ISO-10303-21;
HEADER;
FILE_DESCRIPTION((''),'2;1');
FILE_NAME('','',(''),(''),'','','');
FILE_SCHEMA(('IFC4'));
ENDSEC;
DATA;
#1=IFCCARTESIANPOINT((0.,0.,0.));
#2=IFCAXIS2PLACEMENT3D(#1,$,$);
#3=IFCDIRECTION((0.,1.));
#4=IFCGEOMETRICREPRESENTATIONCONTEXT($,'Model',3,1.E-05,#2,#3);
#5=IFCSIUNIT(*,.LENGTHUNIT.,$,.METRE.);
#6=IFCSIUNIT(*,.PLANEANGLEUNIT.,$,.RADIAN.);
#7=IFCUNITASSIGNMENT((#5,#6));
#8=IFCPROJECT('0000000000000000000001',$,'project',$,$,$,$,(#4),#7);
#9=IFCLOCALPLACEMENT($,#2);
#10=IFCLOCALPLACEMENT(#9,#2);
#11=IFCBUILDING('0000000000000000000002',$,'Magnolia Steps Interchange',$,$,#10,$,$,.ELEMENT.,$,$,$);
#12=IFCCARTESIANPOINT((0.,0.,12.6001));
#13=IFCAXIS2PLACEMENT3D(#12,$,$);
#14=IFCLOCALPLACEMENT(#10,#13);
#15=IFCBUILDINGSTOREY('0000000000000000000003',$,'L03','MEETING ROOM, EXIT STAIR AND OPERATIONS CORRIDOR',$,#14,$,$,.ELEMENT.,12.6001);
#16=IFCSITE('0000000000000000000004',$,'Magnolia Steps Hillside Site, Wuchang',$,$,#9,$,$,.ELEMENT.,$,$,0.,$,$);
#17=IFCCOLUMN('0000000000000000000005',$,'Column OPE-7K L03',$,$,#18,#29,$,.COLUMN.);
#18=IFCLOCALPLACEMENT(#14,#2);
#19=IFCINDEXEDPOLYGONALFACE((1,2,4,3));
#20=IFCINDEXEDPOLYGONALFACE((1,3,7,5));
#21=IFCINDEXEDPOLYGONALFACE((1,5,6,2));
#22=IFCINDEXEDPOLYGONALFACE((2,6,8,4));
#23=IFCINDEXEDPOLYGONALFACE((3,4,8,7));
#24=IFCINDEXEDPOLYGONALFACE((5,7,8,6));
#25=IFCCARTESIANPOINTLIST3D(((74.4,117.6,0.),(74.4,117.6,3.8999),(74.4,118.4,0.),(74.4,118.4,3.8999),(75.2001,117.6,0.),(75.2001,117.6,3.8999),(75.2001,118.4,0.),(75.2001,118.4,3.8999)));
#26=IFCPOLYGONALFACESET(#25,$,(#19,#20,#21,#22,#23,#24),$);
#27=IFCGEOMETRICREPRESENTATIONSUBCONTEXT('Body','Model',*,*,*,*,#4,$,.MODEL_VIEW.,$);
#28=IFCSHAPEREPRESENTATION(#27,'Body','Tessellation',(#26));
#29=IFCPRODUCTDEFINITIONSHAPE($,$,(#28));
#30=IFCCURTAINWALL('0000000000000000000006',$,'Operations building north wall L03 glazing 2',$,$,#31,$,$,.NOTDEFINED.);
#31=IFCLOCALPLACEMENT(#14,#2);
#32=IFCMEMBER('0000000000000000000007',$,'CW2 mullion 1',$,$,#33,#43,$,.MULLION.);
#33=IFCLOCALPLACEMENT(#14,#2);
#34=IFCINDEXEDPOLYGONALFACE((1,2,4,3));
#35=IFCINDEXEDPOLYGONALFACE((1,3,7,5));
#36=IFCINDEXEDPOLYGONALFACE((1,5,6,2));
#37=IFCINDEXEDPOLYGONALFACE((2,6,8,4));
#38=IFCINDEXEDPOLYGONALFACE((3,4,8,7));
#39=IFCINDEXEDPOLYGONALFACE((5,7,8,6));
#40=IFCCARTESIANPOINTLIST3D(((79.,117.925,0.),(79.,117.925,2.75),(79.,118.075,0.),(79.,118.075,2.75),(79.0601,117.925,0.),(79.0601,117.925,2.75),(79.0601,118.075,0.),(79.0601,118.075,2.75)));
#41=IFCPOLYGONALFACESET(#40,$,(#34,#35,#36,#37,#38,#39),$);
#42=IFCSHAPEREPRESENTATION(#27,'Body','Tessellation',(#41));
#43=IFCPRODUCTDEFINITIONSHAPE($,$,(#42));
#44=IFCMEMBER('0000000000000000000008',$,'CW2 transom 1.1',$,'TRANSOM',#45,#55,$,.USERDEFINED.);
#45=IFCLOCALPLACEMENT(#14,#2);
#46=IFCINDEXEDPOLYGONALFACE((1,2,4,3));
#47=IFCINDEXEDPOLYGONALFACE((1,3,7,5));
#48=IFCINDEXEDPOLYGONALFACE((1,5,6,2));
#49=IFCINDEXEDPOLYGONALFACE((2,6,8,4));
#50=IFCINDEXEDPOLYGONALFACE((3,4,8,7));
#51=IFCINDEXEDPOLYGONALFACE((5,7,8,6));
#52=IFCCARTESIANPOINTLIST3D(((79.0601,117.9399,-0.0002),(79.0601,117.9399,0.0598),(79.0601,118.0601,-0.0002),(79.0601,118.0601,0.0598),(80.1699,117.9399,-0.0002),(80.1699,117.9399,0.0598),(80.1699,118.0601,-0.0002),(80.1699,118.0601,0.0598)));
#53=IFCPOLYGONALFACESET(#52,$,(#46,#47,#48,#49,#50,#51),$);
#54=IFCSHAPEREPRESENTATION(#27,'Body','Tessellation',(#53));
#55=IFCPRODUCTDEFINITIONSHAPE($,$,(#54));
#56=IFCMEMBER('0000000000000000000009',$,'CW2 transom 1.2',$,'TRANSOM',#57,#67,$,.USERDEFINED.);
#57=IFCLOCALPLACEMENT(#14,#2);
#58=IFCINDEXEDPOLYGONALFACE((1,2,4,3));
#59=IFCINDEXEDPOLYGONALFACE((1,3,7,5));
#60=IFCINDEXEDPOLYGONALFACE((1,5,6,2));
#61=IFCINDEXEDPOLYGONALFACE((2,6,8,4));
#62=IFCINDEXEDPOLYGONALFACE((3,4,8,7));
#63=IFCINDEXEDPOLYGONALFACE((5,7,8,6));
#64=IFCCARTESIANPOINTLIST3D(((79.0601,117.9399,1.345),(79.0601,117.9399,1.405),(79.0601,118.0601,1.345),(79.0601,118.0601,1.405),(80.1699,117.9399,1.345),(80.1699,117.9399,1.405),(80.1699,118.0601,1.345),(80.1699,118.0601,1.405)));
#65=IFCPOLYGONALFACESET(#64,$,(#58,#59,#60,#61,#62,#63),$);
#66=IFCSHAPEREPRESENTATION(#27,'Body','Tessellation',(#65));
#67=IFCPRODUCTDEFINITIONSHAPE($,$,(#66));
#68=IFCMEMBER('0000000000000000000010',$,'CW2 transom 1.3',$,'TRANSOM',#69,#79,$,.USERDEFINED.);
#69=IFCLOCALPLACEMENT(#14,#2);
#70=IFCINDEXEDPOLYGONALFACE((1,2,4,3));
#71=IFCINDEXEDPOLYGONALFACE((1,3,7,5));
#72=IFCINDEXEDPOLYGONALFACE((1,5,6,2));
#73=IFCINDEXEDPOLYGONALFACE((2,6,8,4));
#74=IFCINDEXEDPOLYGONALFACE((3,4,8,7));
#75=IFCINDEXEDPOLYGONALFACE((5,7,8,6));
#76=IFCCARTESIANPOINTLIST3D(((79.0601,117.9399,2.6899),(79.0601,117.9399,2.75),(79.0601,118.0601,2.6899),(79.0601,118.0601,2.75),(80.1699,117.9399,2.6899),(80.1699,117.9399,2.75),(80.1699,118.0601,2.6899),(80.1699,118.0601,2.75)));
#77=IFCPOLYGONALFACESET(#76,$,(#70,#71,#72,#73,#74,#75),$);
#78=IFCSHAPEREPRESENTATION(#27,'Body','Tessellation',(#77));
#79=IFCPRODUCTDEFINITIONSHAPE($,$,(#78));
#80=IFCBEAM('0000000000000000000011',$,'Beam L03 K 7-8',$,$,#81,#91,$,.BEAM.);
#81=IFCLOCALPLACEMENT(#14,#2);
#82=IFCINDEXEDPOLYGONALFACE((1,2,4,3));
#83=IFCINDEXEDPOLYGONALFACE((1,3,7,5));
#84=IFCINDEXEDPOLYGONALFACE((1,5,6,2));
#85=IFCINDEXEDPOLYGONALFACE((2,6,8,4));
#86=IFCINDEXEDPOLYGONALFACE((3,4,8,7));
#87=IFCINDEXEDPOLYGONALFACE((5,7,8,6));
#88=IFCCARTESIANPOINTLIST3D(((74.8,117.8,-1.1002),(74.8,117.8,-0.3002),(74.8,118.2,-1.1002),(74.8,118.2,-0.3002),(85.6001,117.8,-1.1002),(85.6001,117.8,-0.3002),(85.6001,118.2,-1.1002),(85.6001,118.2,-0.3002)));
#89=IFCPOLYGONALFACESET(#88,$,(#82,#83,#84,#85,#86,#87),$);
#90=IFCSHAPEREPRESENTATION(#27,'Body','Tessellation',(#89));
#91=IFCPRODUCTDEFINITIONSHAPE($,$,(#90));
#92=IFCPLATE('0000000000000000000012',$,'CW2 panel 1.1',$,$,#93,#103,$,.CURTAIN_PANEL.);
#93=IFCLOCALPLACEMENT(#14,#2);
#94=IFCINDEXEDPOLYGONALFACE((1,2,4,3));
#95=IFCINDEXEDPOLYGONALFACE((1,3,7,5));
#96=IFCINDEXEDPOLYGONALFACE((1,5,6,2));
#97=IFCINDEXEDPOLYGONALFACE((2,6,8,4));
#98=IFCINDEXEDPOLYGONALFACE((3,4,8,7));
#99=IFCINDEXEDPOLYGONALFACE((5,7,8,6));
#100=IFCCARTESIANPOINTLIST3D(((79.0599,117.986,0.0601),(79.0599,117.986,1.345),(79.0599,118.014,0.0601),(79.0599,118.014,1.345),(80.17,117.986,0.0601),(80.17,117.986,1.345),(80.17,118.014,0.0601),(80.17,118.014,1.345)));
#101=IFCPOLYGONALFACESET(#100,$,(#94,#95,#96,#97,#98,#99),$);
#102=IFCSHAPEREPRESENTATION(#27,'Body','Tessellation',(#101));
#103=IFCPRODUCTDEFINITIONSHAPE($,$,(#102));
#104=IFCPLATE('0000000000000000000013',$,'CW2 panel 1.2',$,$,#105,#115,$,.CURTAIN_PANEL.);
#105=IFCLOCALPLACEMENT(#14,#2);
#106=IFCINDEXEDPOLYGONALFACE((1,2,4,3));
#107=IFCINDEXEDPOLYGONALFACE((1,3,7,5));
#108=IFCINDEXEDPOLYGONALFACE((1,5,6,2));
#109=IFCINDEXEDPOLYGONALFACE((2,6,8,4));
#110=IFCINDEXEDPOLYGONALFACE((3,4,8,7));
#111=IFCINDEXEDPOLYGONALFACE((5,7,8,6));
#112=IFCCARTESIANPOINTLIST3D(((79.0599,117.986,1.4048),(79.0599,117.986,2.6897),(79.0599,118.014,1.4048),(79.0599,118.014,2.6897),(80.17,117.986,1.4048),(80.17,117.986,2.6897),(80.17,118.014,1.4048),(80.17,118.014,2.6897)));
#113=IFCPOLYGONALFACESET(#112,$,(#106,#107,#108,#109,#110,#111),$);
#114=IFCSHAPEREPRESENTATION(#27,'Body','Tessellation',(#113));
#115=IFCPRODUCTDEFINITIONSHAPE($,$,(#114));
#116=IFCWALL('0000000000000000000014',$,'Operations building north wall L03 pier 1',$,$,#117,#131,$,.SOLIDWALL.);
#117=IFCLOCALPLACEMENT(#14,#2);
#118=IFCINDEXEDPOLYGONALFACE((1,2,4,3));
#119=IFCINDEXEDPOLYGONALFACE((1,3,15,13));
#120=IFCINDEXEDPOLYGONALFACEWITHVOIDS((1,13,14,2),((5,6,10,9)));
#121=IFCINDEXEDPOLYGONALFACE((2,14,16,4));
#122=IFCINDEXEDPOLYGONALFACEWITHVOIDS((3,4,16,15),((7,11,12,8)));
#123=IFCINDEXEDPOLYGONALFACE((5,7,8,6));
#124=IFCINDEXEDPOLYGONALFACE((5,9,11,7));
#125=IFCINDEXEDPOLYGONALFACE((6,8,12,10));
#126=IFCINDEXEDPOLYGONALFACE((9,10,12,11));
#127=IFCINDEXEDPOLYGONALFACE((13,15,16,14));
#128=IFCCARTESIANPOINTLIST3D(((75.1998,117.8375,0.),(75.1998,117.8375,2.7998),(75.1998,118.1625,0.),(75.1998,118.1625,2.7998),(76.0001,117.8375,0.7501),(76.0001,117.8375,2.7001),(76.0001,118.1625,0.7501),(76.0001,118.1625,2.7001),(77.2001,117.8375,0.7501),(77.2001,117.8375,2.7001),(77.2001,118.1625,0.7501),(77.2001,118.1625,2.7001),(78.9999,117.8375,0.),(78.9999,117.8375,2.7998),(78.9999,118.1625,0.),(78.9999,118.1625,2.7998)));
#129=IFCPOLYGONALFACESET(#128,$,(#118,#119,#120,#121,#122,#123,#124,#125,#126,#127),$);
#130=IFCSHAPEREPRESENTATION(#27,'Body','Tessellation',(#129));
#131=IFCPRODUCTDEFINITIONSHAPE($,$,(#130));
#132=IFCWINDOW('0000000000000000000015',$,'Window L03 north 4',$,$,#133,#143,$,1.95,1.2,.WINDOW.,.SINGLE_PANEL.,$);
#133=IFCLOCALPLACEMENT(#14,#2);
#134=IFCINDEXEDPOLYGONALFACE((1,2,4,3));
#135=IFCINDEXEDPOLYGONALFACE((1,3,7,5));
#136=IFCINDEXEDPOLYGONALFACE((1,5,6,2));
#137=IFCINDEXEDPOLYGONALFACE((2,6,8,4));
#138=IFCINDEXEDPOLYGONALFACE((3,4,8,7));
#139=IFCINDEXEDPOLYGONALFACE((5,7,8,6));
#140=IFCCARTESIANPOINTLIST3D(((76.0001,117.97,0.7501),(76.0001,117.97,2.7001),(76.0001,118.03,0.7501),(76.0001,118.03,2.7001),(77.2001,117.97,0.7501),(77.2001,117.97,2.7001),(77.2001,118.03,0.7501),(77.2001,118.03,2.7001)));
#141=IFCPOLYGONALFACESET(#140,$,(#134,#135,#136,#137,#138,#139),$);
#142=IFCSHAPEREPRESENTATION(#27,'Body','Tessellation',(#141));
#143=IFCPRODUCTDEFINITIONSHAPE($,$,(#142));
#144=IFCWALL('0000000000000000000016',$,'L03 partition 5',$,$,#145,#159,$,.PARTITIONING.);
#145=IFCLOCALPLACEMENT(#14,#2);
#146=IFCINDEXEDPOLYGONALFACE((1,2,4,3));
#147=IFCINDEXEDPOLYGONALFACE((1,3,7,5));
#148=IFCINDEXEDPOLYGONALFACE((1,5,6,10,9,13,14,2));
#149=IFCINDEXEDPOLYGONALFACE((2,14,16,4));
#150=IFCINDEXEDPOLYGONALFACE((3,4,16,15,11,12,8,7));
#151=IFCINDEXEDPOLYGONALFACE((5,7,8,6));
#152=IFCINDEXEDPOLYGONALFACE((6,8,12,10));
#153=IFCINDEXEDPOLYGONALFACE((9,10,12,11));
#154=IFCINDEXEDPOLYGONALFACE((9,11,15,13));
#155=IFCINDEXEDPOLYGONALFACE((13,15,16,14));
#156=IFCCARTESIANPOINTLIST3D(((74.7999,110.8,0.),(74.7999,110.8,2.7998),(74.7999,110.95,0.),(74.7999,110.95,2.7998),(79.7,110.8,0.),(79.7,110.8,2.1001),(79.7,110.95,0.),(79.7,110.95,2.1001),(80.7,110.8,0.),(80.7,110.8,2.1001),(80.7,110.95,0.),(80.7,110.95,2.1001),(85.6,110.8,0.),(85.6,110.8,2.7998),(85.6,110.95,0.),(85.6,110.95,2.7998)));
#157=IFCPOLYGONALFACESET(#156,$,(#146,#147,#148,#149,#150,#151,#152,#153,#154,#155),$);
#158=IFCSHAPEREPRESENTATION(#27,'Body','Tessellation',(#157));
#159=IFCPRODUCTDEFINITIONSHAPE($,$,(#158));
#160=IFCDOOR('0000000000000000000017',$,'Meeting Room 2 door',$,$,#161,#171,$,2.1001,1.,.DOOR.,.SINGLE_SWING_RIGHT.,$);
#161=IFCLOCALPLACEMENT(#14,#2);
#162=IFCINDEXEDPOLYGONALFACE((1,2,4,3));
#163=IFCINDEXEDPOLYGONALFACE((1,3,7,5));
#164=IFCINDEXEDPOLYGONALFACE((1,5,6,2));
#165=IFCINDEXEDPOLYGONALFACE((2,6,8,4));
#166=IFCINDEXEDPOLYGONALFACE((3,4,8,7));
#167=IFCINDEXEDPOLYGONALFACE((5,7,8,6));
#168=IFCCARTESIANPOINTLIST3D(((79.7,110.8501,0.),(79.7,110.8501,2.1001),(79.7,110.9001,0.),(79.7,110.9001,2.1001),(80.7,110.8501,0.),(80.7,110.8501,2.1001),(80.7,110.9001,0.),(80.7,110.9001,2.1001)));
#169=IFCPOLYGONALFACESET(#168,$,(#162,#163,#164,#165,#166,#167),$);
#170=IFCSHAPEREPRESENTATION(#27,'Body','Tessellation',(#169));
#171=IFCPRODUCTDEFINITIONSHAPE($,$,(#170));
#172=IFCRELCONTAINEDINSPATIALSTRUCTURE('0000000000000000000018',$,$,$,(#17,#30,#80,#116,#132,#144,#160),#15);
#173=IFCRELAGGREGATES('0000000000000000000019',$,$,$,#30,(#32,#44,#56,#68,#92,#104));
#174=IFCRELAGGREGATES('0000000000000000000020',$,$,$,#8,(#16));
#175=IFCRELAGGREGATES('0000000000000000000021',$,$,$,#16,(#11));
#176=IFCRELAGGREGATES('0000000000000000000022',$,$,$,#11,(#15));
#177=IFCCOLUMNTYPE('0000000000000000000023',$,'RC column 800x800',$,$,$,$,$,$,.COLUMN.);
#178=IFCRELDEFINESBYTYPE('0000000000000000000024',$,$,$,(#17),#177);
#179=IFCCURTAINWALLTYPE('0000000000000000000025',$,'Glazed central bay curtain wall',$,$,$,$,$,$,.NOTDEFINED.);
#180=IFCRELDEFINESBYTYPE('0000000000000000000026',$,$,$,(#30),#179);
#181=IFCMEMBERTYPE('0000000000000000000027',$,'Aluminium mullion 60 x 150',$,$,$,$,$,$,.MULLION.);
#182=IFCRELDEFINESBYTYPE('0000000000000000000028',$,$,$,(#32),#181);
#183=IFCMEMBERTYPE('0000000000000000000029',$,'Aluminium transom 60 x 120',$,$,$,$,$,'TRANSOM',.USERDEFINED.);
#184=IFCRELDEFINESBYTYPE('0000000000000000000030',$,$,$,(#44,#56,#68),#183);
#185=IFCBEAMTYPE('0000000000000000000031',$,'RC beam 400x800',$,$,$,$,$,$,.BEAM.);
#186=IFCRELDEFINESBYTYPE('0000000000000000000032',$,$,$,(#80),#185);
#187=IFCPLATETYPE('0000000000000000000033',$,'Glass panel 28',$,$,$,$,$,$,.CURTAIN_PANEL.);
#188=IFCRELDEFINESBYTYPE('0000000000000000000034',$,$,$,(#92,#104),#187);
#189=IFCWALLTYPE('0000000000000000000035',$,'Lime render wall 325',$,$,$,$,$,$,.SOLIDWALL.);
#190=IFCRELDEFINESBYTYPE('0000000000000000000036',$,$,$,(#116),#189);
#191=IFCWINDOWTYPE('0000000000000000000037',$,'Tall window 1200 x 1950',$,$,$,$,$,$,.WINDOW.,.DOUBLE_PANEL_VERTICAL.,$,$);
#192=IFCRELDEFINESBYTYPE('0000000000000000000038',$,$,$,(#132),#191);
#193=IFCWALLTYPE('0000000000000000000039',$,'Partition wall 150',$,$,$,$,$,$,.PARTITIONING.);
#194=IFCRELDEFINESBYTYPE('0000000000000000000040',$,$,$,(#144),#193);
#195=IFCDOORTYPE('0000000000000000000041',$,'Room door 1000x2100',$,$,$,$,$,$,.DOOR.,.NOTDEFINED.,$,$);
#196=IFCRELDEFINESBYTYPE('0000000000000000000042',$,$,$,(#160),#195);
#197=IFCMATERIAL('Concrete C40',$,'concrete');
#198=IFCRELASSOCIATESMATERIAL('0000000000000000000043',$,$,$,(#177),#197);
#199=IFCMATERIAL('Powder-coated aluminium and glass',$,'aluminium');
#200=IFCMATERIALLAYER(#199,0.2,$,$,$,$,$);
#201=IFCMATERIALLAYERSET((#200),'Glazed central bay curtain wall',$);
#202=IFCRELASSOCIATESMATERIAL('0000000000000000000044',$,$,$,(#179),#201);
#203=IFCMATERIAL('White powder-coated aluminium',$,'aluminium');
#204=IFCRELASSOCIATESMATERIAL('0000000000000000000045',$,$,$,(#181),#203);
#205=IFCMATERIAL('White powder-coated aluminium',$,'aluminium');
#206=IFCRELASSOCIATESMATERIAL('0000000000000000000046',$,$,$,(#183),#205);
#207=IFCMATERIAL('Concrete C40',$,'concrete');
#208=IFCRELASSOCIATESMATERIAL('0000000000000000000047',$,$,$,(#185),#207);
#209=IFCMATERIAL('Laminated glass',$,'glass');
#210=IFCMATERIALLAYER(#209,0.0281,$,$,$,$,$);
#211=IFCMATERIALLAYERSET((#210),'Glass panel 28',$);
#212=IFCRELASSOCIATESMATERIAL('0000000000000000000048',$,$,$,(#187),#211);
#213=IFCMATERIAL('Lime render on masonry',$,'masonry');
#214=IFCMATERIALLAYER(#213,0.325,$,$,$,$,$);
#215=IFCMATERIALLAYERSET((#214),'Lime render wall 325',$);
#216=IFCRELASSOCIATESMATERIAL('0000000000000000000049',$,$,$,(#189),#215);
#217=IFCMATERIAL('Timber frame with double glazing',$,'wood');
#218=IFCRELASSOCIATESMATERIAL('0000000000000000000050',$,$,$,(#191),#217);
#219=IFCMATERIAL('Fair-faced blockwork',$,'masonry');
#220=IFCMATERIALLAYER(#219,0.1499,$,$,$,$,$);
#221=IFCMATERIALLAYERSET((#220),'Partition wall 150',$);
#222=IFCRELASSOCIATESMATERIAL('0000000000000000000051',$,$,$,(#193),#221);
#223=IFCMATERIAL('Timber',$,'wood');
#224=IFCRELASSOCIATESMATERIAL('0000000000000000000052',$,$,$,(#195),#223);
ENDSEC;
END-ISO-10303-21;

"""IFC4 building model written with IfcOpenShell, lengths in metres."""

from ifc_helpers import new_model, si_unit, direction, frame, frame_2d, origin, origin_2d, place, context, subcontext, project, spatial, rectangle, extrude, material, layer, layer_set, material_profile, profile_set, type_object, element, fill, aggregate, save


model = new_model("IFC4")

# Units and contexts
model_context = context("Model", 3, precision=1e-05, world=origin(), true_north=direction((0.0, 1.0)))
body_context = subcontext(model_context, "Body", "Model", "MODEL_VIEW")
ifc_project = project(units=[si_unit("LENGTHUNIT", "METRE"), si_unit("PLANEANGLEUNIT", "RADIAN")], contexts=[model_context])

# Site, building, storey
site_placement = place(None, origin())
site = spatial("IfcSite", under=ifc_project, at=site_placement, Name="Magnolia Steps Hillside Site, Wuchang", CompositionType="ELEMENT", RefElevation=0.0)
building_placement = place(site_placement, origin())
building = spatial("IfcBuilding", under=site, at=building_placement, Name="Magnolia Steps Interchange", CompositionType="ELEMENT")
storey_placement = place(building_placement, frame((0.0, 0.0, 12.6001)))
storey = spatial("IfcBuildingStorey", under=building, at=storey_placement, Name="L03", Description="MEETING ROOM, EXIT STAIR AND OPERATIONS CORRIDOR", CompositionType="ELEMENT", Elevation=12.6001)

# Column
ifc_material_1 = material(Name="Concrete C40", Category="concrete")
ifc_material_profile_1 = material_profile(ifc_material_1, rectangle(XDim=0.8, YDim=0.8, at=origin_2d()), Name="RC800x800")
ifc_profile_set_1 = profile_set([ifc_material_profile_1], Name="Concrete C40")
column_type = type_object("IfcColumnType", Name="RC column 800x800", PredefinedType="COLUMN", material=ifc_profile_set_1)
column_placement = place(storey_placement, frame((74.8, 118.0, 0.0), z_axis=(0.0, 0.0, 1.0), x_axis=(1.0, 0.0, 0.0)))
element("IfcColumn", 1, at=column_placement, inside=storey, type_object=column_type, Name="Column OPE-7K L03", PredefinedType="COLUMN", context=body_context, shape_type="SweptSolid", body=[
    extrude(rectangle(XDim=0.8, YDim=0.8, at=origin_2d()), origin(), (0.0, 0.0, 1.0), 3.8999),
])

# Curtain wall, members
ifc_material_2 = material(Name="Powder-coated aluminium and glass", Category="aluminium")
ifc_layer_1 = layer(ifc_material_2, 0.2)
ifc_layer_set_1 = layer_set([ifc_layer_1], Name="Glazed central bay curtain wall")
curtain_wall_type = type_object("IfcCurtainWallType", Name="Glazed central bay curtain wall", PredefinedType="NOTDEFINED", material=ifc_layer_set_1)
curtain_wall_placement = place(storey_placement, origin())
curtain_wall = element("IfcCurtainWall", 2, at=curtain_wall_placement, inside=storey, type_object=curtain_wall_type, Name="Operations building north wall L03 glazing 2", PredefinedType="NOTDEFINED")
ifc_material_3 = material(Name="White powder-coated aluminium", Category="aluminium")
ifc_material_profile_2 = material_profile(ifc_material_3, rectangle(XDim=0.0601, YDim=0.1499, at=origin_2d()), Name="Aluminium mullion 60 x 150")
ifc_profile_set_2 = profile_set([ifc_material_profile_2], Name="White powder-coated aluminium")
member_type_1 = type_object("IfcMemberType", Name="Aluminium mullion 60 x 150", PredefinedType="MULLION", material=ifc_profile_set_2)
member_1_placement = place(storey_placement, frame((79.03, 118.0, 0.0), z_axis=(0.0, 0.0, 1.0), x_axis=(1.0, 0.0, 0.0)))
member_1 = element("IfcMember", 3, at=member_1_placement, type_object=member_type_1, Name="CW2 mullion 1", PredefinedType="MULLION", context=body_context, shape_type="SweptSolid", body=[
    extrude(rectangle(XDim=0.0601, YDim=0.1499, at=origin_2d()), origin(), (0.0, 0.0, 1.0), 2.75),
])
ifc_material_4 = material(Name="White powder-coated aluminium", Category="aluminium")
ifc_material_profile_3 = material_profile(ifc_material_4, rectangle(XDim=0.0601, YDim=0.1201, at=origin_2d()), Name="Aluminium transom 60 x 120")
ifc_profile_set_3 = profile_set([ifc_material_profile_3], Name="White powder-coated aluminium")
member_type_2 = type_object("IfcMemberType", Name="Aluminium transom 60 x 120", ElementType="TRANSOM", PredefinedType="USERDEFINED", material=ifc_profile_set_3)
member_2_placement = place(storey_placement, frame((79.0601, 118.0, 0.0298), z_axis=(1.0, 0.0, 0.0), x_axis=(0.0, 0.0, 1.0)))
member_2 = element("IfcMember", 4, at=member_2_placement, type_object=member_type_2, Name="CW2 transom 1.1", ObjectType="TRANSOM", PredefinedType="USERDEFINED", context=body_context, shape_type="SweptSolid", body=[
    extrude(rectangle(XDim=0.0601, YDim=0.1201, at=origin_2d()), origin(), (0.0, 0.0, 1.0), 1.1099),
])
member_3_placement = place(storey_placement, frame((79.0601, 118.0, 1.375), z_axis=(1.0, 0.0, 0.0), x_axis=(0.0, 0.0, 1.0)))
member_3 = element("IfcMember", 5, at=member_3_placement, type_object=member_type_2, Name="CW2 transom 1.2", ObjectType="TRANSOM", PredefinedType="USERDEFINED", context=body_context, shape_type="SweptSolid", body=[
    extrude(rectangle(XDim=0.0601, YDim=0.1201, at=origin_2d()), origin(), (0.0, 0.0, 1.0), 1.1099),
])
member_4_placement = place(storey_placement, frame((79.0601, 118.0, 2.72), z_axis=(1.0, 0.0, 0.0), x_axis=(0.0, 0.0, 1.0)))
member_4 = element("IfcMember", 6, at=member_4_placement, type_object=member_type_2, Name="CW2 transom 1.3", ObjectType="TRANSOM", PredefinedType="USERDEFINED", context=body_context, shape_type="SweptSolid", body=[
    extrude(rectangle(XDim=0.0601, YDim=0.1201, at=origin_2d()), origin(), (0.0, 0.0, 1.0), 1.1099),
])

# Beam
ifc_material_5 = material(Name="Concrete C40", Category="concrete")
ifc_material_profile_4 = material_profile(ifc_material_5, rectangle(XDim=0.3999, YDim=0.8, at=origin_2d()), Name="RC400x800")
ifc_profile_set_4 = profile_set([ifc_material_profile_4], Name="Concrete C40")
beam_type = type_object("IfcBeamType", Name="RC beam 400x800", PredefinedType="BEAM", material=ifc_profile_set_4)
beam_placement = place(storey_placement, frame((74.8, 118.0, -0.7002), z_axis=(1.0, 0.0, 0.0), x_axis=(0.0, 1.0, 0.0)))
element("IfcBeam", 7, at=beam_placement, inside=storey, type_object=beam_type, Name="Beam L03 K 7-8", PredefinedType="BEAM", context=body_context, shape_type="SweptSolid", body=[
    extrude(rectangle(XDim=0.3999, YDim=0.8, at=origin_2d()), origin(), (0.0, 0.0, 1.0), 10.8),
])

# Plates
ifc_material_6 = material(Name="Laminated glass", Category="glass")
ifc_layer_2 = layer(ifc_material_6, 0.0281)
ifc_layer_set_2 = layer_set([ifc_layer_2], Name="Glass panel 28")
plate_type = type_object("IfcPlateType", Name="Glass panel 28", PredefinedType="CURTAIN_PANEL", material=ifc_layer_set_2)
plate_1_placement = place(storey_placement, frame((79.615, 118.0, 0.0601), z_axis=(0.0, 0.0, 1.0), x_axis=(1.0, 0.0, 0.0)))
plate_1 = element("IfcPlate", 8, at=plate_1_placement, type_object=plate_type, Name="CW2 panel 1.1", PredefinedType="CURTAIN_PANEL", context=body_context, shape_type="SweptSolid", body=[
    extrude(rectangle(XDim=1.1101, YDim=0.0281, at=origin_2d()), origin(), (0.0, 0.0, 1.0), 1.2849),
])
plate_2_placement = place(storey_placement, frame((79.615, 118.0, 1.4048), z_axis=(0.0, 0.0, 1.0), x_axis=(1.0, 0.0, 0.0)))
plate_2 = element("IfcPlate", 9, at=plate_2_placement, type_object=plate_type, Name="CW2 panel 1.2", PredefinedType="CURTAIN_PANEL", context=body_context, shape_type="SweptSolid", body=[
    extrude(rectangle(XDim=1.1101, YDim=0.0281, at=origin_2d()), origin(), (0.0, 0.0, 1.0), 1.2849),
])
aggregate(curtain_wall, [member_1, member_2, member_3, member_4, plate_1, plate_2])

# Wall, opening, window
ifc_material_7 = material(Name="Lime render on masonry", Category="masonry")
ifc_layer_3 = layer(ifc_material_7, 0.325)
ifc_layer_set_3 = layer_set([ifc_layer_3], Name="Lime render wall 325")
wall_type_1 = type_object("IfcWallType", Name="Lime render wall 325", PredefinedType="SOLIDWALL", material=ifc_layer_set_3)
wall_1_placement = place(storey_placement, frame((75.2, 118.0, 0.0), z_axis=(0.0, 0.0, 1.0), x_axis=(1.0, 0.0, 0.0)))
wall_1 = element("IfcWall", 10, at=wall_1_placement, inside=storey, type_object=wall_type_1, Name="Operations building north wall L03 pier 1", PredefinedType="SOLIDWALL", context=body_context, shape_type="SweptSolid", body=[
    extrude(rectangle(XDim=3.8, YDim=0.325, at=frame_2d((1.8999, 0.0))), origin(), (0.0, 0.0, 1.0), 2.7998),
])
opening_1_placement = place(wall_1_placement, frame((0.8, 0.0, 0.75)))
opening_1 = element("IfcOpeningElement", 11, at=opening_1_placement, cuts=wall_1, PredefinedType="OPENING", context=body_context, shape_type="SweptSolid", body=[
    extrude(rectangle(XDim=1.2, YDim=1.95, at=frame_2d((0.6001, 0.9751))), frame((0.0, 0.1724, 0.0), z_axis=(0.0, -1.0, 0.0), x_axis=(1.0, 0.0, 0.0)), (0.0, 0.0, 1.0), 0.345),
])
ifc_material_8 = material(Name="Timber frame with double glazing", Category="wood")
window_type = type_object("IfcWindowType", Name="Tall window 1200 x 1950", PartitioningType="DOUBLE_PANEL_VERTICAL", PredefinedType="WINDOW", material=ifc_material_8)
window_placement = place(opening_1_placement, origin())
window = element("IfcWindow", 12, at=window_placement, inside=storey, type_object=window_type, Name="Window L03 north 4", OverallHeight=1.95, OverallWidth=1.2, PartitioningType="SINGLE_PANEL", PredefinedType="WINDOW", context=body_context, shape_type="SweptSolid", body=[
    extrude(rectangle(XDim=1.2, YDim=1.95, at=frame_2d((0.6001, 0.9751))), frame((0.0, 0.03, 0.0), z_axis=(0.0, -1.0, 0.0), x_axis=(1.0, 0.0, 0.0)), (0.0, 0.0, 1.0), 0.0601),
])
fill(opening_1, window)

# Wall, opening, door
ifc_material_9 = material(Name="Fair-faced blockwork", Category="masonry")
ifc_layer_4 = layer(ifc_material_9, 0.1499)
ifc_layer_set_4 = layer_set([ifc_layer_4], Name="Partition wall 150")
wall_type_2 = type_object("IfcWallType", Name="Partition wall 150", PredefinedType="PARTITIONING", material=ifc_layer_set_4)
wall_2_placement = place(storey_placement, frame((74.8, 110.875, 0.0), z_axis=(0.0, 0.0, 1.0), x_axis=(1.0, 0.0, 0.0)))
wall_2 = element("IfcWall", 13, at=wall_2_placement, inside=storey, type_object=wall_type_2, Name="L03 partition 5", PredefinedType="PARTITIONING", context=body_context, shape_type="SweptSolid", body=[
    extrude(rectangle(XDim=10.8, YDim=0.1499, at=frame_2d((5.3999, 0.0))), origin(), (0.0, 0.0, 1.0), 2.7998),
])
opening_2_placement = place(wall_2_placement, frame((4.8999, 0.0, 0.0)))
opening_2 = element("IfcOpeningElement", 14, at=opening_2_placement, cuts=wall_2, PredefinedType="OPENING", context=body_context, shape_type="SweptSolid", body=[
    extrude(rectangle(XDim=1.0, YDim=2.1001, at=frame_2d((0.5, 1.05))), frame((0.0, 0.085, 0.0), z_axis=(0.0, -1.0, 0.0), x_axis=(1.0, 0.0, 0.0)), (0.0, 0.0, 1.0), 0.1699),
])
ifc_material_10 = material(Name="Timber", Category="wood")
door_type = type_object("IfcDoorType", Name="Room door 1000x2100", OperationType="NOTDEFINED", PredefinedType="DOOR", material=ifc_material_10)
door_placement = place(opening_2_placement, frame((1.0, 0.0, 0.0), z_axis=(0.0, 0.0, 1.0), x_axis=(-1.0, 0.0, 0.0)))
door = element("IfcDoor", 15, at=door_placement, inside=storey, type_object=door_type, Name="Meeting Room 2 door", OperationType="SINGLE_SWING_RIGHT", OverallHeight=2.1001, OverallWidth=1.0, PredefinedType="DOOR", context=body_context, shape_type="SweptSolid", body=[
    extrude(rectangle(XDim=1.0, YDim=2.1001, at=frame_2d((0.5, 1.05))), frame((0.0, 0.0249, 0.0), z_axis=(0.0, -1.0, 0.0), x_axis=(1.0, 0.0, 0.0)), (0.0, 0.0, 1.0), 0.05),
])
fill(opening_2, door)

save(model, "model.ifc")
